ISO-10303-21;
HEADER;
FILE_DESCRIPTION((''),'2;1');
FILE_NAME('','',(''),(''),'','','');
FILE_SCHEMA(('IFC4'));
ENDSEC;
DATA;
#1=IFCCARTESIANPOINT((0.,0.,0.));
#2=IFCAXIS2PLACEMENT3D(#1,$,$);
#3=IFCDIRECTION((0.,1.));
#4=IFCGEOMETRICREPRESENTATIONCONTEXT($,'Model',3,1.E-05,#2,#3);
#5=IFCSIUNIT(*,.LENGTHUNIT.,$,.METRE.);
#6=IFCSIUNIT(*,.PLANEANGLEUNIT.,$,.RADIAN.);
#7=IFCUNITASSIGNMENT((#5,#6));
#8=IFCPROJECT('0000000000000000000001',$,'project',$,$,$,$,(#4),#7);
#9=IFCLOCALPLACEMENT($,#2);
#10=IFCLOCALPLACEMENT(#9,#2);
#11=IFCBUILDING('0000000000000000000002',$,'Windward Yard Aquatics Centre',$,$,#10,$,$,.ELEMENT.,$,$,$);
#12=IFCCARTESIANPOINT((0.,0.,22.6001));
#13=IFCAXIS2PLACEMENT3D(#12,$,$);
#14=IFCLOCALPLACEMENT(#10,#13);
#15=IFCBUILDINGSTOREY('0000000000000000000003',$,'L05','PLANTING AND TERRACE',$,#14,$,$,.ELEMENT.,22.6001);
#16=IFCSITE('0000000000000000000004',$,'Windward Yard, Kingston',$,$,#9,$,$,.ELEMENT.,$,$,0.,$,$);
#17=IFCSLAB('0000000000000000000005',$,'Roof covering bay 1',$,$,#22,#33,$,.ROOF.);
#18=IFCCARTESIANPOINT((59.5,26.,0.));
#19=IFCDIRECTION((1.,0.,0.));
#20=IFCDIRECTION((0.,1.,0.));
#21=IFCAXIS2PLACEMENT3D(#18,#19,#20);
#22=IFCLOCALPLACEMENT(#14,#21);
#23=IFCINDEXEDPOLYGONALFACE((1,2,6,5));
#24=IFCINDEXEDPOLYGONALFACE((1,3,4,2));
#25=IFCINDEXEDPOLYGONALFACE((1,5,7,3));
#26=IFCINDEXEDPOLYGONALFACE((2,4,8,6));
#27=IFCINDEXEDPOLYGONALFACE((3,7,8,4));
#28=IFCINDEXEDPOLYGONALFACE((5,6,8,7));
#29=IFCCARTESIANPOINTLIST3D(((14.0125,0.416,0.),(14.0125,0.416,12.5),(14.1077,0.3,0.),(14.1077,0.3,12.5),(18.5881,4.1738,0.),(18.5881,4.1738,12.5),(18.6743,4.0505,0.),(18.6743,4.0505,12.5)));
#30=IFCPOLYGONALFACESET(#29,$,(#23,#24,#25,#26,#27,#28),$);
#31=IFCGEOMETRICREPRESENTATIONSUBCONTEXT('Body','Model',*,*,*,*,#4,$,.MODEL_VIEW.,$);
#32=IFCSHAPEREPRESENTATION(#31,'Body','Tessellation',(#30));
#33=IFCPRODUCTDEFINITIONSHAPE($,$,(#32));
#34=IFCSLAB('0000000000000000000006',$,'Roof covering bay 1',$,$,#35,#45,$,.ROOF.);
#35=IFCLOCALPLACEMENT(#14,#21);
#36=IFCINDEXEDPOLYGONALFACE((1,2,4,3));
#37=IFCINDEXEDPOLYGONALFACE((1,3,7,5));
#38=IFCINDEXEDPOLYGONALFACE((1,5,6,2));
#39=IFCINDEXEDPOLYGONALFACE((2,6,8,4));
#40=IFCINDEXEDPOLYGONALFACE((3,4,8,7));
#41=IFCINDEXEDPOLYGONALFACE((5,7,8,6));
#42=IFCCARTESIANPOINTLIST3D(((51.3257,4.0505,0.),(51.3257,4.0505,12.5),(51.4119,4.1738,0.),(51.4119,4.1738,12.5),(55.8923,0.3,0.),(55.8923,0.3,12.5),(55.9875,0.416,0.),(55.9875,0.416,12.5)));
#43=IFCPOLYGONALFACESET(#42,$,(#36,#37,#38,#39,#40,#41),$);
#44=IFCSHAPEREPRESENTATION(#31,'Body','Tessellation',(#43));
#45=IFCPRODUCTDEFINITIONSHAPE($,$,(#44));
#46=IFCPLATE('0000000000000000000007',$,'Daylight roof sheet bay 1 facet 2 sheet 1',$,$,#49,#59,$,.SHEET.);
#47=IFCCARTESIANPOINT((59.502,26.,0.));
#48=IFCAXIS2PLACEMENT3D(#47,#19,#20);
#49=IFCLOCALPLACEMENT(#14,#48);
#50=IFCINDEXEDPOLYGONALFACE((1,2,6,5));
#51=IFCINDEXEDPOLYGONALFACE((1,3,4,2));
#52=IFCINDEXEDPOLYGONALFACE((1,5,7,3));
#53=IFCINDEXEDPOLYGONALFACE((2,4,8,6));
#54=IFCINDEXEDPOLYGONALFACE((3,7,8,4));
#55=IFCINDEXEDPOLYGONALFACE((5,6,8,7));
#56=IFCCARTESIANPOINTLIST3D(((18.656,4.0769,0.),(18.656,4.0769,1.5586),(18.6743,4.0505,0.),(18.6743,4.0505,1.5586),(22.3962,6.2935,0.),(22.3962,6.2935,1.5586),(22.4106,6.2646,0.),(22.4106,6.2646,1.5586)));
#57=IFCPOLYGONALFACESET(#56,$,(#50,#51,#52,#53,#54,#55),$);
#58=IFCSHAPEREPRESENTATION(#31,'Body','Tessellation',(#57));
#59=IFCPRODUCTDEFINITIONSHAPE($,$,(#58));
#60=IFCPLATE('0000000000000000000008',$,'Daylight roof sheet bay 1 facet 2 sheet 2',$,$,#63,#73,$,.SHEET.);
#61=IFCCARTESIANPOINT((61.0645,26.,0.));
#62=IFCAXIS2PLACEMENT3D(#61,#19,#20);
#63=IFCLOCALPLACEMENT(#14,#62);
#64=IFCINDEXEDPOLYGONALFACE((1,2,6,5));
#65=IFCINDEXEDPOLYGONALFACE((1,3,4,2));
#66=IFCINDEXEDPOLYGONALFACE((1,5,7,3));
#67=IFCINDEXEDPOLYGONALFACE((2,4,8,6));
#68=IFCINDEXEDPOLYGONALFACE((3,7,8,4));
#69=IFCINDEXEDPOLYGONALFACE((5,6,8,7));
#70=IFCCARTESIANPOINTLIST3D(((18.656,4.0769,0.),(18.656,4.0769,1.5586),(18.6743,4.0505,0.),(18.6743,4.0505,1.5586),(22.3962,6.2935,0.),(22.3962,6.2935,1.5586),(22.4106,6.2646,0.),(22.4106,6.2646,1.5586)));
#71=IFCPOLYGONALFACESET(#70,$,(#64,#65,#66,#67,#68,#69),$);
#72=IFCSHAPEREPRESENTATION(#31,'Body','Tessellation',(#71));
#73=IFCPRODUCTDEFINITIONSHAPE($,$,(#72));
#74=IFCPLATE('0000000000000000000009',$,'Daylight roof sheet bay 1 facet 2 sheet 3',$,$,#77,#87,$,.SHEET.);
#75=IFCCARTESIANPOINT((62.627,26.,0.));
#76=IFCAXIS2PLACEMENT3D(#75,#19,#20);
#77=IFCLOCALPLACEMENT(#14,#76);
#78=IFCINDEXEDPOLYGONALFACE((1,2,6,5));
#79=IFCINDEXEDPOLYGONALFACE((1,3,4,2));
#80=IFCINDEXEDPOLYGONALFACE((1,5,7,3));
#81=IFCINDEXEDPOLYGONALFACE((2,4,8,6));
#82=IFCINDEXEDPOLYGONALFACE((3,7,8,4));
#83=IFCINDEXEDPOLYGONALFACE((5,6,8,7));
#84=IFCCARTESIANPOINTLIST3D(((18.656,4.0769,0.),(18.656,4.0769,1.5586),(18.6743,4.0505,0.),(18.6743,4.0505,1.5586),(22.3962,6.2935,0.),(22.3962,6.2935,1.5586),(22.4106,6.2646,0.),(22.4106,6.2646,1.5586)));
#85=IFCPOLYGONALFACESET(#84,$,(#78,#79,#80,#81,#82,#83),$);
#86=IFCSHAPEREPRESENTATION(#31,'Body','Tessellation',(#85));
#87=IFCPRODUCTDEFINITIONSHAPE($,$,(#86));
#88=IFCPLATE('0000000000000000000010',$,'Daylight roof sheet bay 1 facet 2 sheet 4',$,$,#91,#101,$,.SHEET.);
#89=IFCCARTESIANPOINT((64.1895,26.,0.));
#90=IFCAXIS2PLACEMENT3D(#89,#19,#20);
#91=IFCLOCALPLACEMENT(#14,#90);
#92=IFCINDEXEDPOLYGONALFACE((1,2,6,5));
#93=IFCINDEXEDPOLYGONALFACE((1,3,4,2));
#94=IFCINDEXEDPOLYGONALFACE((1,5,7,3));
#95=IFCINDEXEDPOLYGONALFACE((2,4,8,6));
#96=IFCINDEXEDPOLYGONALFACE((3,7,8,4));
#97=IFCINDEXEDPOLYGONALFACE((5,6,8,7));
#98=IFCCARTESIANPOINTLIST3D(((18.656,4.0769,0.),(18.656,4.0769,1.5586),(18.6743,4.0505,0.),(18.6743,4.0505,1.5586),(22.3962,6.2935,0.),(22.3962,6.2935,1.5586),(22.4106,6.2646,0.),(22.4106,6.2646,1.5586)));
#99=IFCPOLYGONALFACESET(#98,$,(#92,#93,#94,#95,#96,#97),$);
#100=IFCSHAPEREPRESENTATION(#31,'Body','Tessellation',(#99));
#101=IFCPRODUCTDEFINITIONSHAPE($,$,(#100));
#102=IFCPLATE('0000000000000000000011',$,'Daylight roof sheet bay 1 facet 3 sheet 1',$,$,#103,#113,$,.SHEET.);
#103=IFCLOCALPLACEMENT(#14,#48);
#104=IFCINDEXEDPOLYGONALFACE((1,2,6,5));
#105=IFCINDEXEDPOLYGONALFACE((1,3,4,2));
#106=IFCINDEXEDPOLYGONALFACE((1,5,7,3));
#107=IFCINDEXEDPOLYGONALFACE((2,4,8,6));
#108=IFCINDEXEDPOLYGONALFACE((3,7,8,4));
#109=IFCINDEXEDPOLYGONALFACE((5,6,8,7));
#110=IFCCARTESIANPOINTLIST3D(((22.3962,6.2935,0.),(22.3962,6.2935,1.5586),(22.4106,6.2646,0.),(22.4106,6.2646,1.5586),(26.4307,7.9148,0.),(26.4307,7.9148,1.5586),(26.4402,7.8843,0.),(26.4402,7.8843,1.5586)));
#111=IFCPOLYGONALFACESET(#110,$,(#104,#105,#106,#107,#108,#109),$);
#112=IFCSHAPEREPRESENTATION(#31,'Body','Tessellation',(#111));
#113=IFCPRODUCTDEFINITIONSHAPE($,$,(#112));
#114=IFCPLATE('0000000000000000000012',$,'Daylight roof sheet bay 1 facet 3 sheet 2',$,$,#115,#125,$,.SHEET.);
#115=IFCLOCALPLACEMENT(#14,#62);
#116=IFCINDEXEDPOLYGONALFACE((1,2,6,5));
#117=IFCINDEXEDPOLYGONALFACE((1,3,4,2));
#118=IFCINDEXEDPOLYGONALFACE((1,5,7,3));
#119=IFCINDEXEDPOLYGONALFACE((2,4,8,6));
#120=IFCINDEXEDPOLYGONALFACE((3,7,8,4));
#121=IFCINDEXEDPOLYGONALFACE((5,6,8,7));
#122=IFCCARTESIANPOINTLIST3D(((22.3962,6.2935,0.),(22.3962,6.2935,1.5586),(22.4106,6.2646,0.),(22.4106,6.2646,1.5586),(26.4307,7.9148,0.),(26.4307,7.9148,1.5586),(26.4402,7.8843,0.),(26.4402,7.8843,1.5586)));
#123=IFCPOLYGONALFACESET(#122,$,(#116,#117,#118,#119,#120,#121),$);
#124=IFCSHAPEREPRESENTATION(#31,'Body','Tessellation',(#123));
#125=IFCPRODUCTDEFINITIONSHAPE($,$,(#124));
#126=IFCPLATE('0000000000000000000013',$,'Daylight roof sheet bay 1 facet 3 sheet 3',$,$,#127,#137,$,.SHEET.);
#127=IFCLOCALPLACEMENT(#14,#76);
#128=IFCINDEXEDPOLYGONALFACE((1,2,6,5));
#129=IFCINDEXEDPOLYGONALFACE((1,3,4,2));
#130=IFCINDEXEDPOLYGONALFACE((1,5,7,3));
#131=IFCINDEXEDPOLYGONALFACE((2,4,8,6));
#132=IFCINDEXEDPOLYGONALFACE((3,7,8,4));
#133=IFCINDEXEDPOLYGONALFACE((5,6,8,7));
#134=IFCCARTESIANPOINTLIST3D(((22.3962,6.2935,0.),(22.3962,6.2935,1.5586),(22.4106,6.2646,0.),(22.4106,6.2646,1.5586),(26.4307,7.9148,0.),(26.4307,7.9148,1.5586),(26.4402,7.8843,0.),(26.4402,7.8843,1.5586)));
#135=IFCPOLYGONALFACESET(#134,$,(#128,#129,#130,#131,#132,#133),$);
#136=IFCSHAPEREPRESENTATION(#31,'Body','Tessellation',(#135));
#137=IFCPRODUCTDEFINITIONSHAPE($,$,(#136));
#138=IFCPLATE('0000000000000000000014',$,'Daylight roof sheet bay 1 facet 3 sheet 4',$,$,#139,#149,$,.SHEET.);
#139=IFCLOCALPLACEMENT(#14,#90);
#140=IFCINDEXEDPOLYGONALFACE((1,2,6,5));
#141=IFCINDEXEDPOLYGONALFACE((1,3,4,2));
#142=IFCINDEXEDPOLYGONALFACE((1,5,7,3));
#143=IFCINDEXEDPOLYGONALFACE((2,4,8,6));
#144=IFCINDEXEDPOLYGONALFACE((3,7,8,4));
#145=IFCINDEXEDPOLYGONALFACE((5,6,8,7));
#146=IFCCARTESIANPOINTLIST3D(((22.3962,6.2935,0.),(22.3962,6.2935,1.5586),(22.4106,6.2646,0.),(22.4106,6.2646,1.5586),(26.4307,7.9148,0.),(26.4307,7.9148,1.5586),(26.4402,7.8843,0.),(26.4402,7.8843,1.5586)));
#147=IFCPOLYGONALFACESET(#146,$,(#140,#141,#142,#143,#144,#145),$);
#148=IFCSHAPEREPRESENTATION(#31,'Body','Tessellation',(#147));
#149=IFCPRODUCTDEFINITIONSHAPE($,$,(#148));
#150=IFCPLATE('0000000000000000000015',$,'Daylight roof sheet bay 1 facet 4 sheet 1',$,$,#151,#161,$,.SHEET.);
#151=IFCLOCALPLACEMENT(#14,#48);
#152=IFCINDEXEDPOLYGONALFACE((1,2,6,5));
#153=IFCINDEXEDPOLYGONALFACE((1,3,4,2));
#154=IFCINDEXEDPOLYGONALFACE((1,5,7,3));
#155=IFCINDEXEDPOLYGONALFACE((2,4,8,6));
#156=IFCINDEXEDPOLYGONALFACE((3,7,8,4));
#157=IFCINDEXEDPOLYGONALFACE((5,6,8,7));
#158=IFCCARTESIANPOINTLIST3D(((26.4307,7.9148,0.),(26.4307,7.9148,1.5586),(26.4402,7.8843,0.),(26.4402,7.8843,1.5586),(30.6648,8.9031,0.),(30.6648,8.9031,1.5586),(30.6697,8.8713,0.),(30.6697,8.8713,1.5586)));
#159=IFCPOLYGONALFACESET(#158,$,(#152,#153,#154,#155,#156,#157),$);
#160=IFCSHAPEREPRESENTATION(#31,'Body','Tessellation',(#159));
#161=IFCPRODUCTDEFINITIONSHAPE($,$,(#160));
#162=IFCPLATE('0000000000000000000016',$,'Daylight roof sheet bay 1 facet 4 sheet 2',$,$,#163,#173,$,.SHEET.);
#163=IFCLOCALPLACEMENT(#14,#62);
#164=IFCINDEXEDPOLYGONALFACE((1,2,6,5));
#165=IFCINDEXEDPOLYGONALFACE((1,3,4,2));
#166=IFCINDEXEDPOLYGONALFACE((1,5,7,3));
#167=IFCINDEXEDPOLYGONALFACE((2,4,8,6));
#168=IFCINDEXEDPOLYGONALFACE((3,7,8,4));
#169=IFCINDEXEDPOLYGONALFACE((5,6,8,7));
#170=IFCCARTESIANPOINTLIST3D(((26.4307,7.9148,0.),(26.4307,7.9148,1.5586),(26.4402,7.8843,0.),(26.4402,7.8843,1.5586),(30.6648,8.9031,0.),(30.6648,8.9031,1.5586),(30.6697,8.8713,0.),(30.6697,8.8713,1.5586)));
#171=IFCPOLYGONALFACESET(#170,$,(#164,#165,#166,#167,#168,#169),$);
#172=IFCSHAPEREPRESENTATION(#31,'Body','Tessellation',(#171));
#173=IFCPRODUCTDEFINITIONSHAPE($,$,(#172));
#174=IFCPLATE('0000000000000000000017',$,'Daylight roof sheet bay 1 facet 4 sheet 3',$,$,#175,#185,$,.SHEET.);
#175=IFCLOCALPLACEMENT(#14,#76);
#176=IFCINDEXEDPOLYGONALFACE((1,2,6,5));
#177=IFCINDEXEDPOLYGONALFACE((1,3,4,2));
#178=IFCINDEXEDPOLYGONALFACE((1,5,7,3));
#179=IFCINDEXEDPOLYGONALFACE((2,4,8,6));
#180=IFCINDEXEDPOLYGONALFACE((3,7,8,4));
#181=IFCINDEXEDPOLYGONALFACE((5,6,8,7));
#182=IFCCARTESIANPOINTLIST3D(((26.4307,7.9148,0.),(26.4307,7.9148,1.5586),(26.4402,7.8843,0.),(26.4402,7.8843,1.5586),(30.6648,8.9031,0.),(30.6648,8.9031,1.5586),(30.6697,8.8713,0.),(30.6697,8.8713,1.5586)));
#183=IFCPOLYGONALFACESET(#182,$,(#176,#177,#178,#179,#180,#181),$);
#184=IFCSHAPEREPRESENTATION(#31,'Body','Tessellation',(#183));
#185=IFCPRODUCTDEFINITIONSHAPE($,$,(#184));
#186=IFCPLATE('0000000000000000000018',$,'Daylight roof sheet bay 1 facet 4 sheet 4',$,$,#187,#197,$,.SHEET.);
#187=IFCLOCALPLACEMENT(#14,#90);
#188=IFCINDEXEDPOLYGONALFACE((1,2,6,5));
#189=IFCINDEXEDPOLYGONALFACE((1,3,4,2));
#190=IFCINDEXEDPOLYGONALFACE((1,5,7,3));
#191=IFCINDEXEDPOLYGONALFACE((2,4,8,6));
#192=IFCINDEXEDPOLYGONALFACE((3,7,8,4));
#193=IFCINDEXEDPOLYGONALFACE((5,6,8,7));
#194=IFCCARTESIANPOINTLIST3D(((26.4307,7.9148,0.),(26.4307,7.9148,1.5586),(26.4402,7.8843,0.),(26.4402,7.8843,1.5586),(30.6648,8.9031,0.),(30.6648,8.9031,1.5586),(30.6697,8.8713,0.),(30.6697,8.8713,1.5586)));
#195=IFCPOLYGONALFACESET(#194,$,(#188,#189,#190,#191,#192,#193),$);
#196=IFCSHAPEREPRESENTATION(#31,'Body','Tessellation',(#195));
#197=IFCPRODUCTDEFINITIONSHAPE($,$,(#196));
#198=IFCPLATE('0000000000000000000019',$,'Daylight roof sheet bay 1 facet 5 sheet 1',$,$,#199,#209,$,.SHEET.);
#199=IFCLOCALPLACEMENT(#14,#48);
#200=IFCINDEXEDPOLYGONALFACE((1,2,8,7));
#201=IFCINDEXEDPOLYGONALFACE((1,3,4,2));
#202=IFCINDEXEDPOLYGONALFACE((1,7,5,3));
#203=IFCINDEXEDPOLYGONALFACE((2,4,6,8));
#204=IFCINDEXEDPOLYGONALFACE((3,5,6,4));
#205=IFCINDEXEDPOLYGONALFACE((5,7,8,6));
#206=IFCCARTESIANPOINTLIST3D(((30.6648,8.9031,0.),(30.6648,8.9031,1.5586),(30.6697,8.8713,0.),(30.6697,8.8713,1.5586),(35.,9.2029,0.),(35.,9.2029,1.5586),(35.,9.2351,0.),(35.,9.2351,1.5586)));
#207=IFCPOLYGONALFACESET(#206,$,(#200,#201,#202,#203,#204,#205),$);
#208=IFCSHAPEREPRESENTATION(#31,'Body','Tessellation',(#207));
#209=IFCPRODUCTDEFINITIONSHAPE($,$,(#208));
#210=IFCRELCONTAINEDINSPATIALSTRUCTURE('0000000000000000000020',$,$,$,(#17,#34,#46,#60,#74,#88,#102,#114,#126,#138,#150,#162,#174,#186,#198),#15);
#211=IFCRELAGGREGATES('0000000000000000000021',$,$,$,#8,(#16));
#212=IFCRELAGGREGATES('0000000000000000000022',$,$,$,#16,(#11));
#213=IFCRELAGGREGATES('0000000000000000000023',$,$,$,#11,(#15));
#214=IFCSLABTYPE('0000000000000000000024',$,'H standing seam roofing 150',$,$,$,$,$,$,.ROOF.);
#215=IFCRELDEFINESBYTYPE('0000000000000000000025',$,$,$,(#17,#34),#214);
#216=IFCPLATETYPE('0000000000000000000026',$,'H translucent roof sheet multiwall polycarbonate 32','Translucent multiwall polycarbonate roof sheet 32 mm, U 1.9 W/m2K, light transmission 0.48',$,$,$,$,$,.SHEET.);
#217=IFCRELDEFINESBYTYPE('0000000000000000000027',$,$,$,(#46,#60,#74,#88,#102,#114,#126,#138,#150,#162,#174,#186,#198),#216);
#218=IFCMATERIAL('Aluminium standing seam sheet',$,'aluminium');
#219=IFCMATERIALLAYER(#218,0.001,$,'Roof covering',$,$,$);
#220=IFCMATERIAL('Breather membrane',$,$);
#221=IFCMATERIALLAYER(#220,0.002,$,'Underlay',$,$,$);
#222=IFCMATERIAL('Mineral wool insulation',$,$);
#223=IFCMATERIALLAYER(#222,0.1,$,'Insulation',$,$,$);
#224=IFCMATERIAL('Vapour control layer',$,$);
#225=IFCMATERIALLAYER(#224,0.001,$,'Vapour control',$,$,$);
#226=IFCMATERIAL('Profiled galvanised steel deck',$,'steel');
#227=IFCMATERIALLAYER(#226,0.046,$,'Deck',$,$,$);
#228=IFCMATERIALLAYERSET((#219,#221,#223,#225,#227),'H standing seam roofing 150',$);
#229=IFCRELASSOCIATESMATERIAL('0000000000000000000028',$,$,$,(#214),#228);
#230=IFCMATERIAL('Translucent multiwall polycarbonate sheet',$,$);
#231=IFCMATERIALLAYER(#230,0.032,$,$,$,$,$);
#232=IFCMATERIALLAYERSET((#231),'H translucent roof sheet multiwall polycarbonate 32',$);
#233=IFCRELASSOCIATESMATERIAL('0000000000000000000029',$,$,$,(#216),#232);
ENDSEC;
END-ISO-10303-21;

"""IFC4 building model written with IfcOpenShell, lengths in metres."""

from ifc_helpers import new_model, si_unit, direction, frame, origin, place, context, subcontext, project, spatial, polyline, outline, extrude, material, layer, layer_set, type_object, element, save


model = new_model("IFC4")

# Units and contexts
model_context = context("Model", 3, precision=1e-05, world=origin(), true_north=direction((0.0, 1.0)))
body_context = subcontext(model_context, "Body", "Model", "MODEL_VIEW")
ifc_project = project(units=[si_unit("LENGTHUNIT", "METRE"), si_unit("PLANEANGLEUNIT", "RADIAN")], contexts=[model_context])

# Site, building, storey
site_placement = place(None, origin())
site = spatial("IfcSite", under=ifc_project, at=site_placement, Name="Windward Yard, Kingston", CompositionType="ELEMENT", RefElevation=0.0)
building_placement = place(site_placement, origin())
building = spatial("IfcBuilding", under=site, at=building_placement, Name="Windward Yard Aquatics Centre", CompositionType="ELEMENT")
storey_placement = place(building_placement, frame((0.0, 0.0, 22.6001)))
storey = spatial("IfcBuildingStorey", under=building, at=storey_placement, Name="L05", Description="PLANTING AND TERRACE", CompositionType="ELEMENT", Elevation=22.6001)

# Slabs
ifc_material_1 = material(Name="Aluminium standing seam sheet", Category="aluminium")
ifc_layer_1 = layer(ifc_material_1, 0.001, Name="Roof covering")
ifc_material_2 = material(Name="Breather membrane")
ifc_layer_2 = layer(ifc_material_2, 0.002, Name="Underlay")
ifc_material_3 = material(Name="Mineral wool insulation")
ifc_layer_3 = layer(ifc_material_3, 0.1, Name="Insulation")
ifc_material_4 = material(Name="Vapour control layer")
ifc_layer_4 = layer(ifc_material_4, 0.001, Name="Vapour control")
ifc_material_5 = material(Name="Profiled galvanised steel deck", Category="steel")
ifc_layer_5 = layer(ifc_material_5, 0.046, Name="Deck")
ifc_layer_set_1 = layer_set([ifc_layer_1, ifc_layer_2, ifc_layer_3, ifc_layer_4, ifc_layer_5], Name="H standing seam roofing 150")
slab_type = type_object("IfcSlabType", Name="H standing seam roofing 150", PredefinedType="ROOF", material=ifc_layer_set_1)
slab_1_placement = place(storey_placement, frame((59.5, 26.0, 0.0), z_axis=(1.0, 0.0, 0.0), x_axis=(0.0, 1.0, 0.0)))
element("IfcSlab", 1, at=slab_1_placement, inside=storey, type_object=slab_type, Name="Roof covering bay 1", PredefinedType="ROOF", context=body_context, shape_type="SweptSolid", body=[
    extrude(outline(polyline([(14.1077, 0.3), (18.6743, 4.0505), (18.5881, 4.1738), (14.0125, 0.416), (14.1077, 0.3)])), origin(), (0.0, 0.0, 1.0), 12.5),
])
slab_2_placement = place(storey_placement, frame((59.5, 26.0, 0.0), z_axis=(1.0, 0.0, 0.0), x_axis=(0.0, 1.0, 0.0)))
element("IfcSlab", 2, at=slab_2_placement, inside=storey, type_object=slab_type, Name="Roof covering bay 1", PredefinedType="ROOF", context=body_context, shape_type="SweptSolid", body=[
    extrude(outline(polyline([(51.3257, 4.0505), (55.8923, 0.3), (55.9875, 0.416), (51.4119, 4.1738), (51.3257, 4.0505)])), origin(), (0.0, 0.0, 1.0), 12.5),
])

# Plates
ifc_material_6 = material(Name="Translucent multiwall polycarbonate sheet")
ifc_layer_6 = layer(ifc_material_6, 0.032)
ifc_layer_set_2 = layer_set([ifc_layer_6], Name="H translucent roof sheet multiwall polycarbonate 32")
plate_type = type_object("IfcPlateType", Name="H translucent roof sheet multiwall polycarbonate 32", Description="Translucent multiwall polycarbonate roof sheet 32 mm, U 1.9 W/m2K, light transmission 0.48", PredefinedType="SHEET", material=ifc_layer_set_2)
for number, where, z_axis, x_axis, name in (
    (3, (59.502, 26.0, 0.0), (1.0, 0.0, 0.0), (0.0, 1.0, 0.0), "Daylight roof sheet bay 1 facet 2 sheet 1"),
    (4, (61.0645, 26.0, 0.0), (1.0, 0.0, 0.0), (0.0, 1.0, 0.0), "Daylight roof sheet bay 1 facet 2 sheet 2"),
    (5, (62.627, 26.0, 0.0), (1.0, 0.0, 0.0), (0.0, 1.0, 0.0), "Daylight roof sheet bay 1 facet 2 sheet 3"),
    (6, (64.1895, 26.0, 0.0), (1.0, 0.0, 0.0), (0.0, 1.0, 0.0), "Daylight roof sheet bay 1 facet 2 sheet 4"),
):
    element("IfcPlate", number, at=place(storey_placement, frame(where, z_axis=z_axis, x_axis=x_axis)), inside=storey, type_object=plate_type, Name=name, PredefinedType="SHEET", context=body_context, shape_type="SweptSolid", body=[
        extrude(outline(polyline([(18.6743, 4.0505), (22.4106, 6.2646), (22.3962, 6.2935), (18.656, 4.0769), (18.6743, 4.0505)])), origin(), (0.0, 0.0, 1.0), 1.5586),
    ])
for number, where, z_axis, x_axis, name in (
    (7, (59.502, 26.0, 0.0), (1.0, 0.0, 0.0), (0.0, 1.0, 0.0), "Daylight roof sheet bay 1 facet 3 sheet 1"),
    (8, (61.0645, 26.0, 0.0), (1.0, 0.0, 0.0), (0.0, 1.0, 0.0), "Daylight roof sheet bay 1 facet 3 sheet 2"),
    (9, (62.627, 26.0, 0.0), (1.0, 0.0, 0.0), (0.0, 1.0, 0.0), "Daylight roof sheet bay 1 facet 3 sheet 3"),
    (10, (64.1895, 26.0, 0.0), (1.0, 0.0, 0.0), (0.0, 1.0, 0.0), "Daylight roof sheet bay 1 facet 3 sheet 4"),
):
    element("IfcPlate", number, at=place(storey_placement, frame(where, z_axis=z_axis, x_axis=x_axis)), inside=storey, type_object=plate_type, Name=name, PredefinedType="SHEET", context=body_context, shape_type="SweptSolid", body=[
        extrude(outline(polyline([(22.4106, 6.2646), (26.4402, 7.8843), (26.4307, 7.9148), (22.3962, 6.2935), (22.4106, 6.2646)])), origin(), (0.0, 0.0, 1.0), 1.5586),
    ])
for number, where, z_axis, x_axis, name in (
    (11, (59.502, 26.0, 0.0), (1.0, 0.0, 0.0), (0.0, 1.0, 0.0), "Daylight roof sheet bay 1 facet 4 sheet 1"),
    (12, (61.0645, 26.0, 0.0), (1.0, 0.0, 0.0), (0.0, 1.0, 0.0), "Daylight roof sheet bay 1 facet 4 sheet 2"),
    (13, (62.627, 26.0, 0.0), (1.0, 0.0, 0.0), (0.0, 1.0, 0.0), "Daylight roof sheet bay 1 facet 4 sheet 3"),
    (14, (64.1895, 26.0, 0.0), (1.0, 0.0, 0.0), (0.0, 1.0, 0.0), "Daylight roof sheet bay 1 facet 4 sheet 4"),
):
    element("IfcPlate", number, at=place(storey_placement, frame(where, z_axis=z_axis, x_axis=x_axis)), inside=storey, type_object=plate_type, Name=name, PredefinedType="SHEET", context=body_context, shape_type="SweptSolid", body=[
        extrude(outline(polyline([(26.4402, 7.8843), (30.6697, 8.8713), (30.6648, 8.9031), (26.4307, 7.9148), (26.4402, 7.8843)])), origin(), (0.0, 0.0, 1.0), 1.5586),
    ])
for number, where, z_axis, x_axis, name in (
    (15, (59.502, 26.0, 0.0), (1.0, 0.0, 0.0), (0.0, 1.0, 0.0), "Daylight roof sheet bay 1 facet 5 sheet 1"),
):
    element("IfcPlate", number, at=place(storey_placement, frame(where, z_axis=z_axis, x_axis=x_axis)), inside=storey, type_object=plate_type, Name=name, PredefinedType="SHEET", context=body_context, shape_type="SweptSolid", body=[
        extrude(outline(polyline([(30.6697, 8.8713), (35.0, 9.2029), (35.0, 9.2351), (30.6648, 8.9031), (30.6697, 8.8713)])), origin(), (0.0, 0.0, 1.0), 1.5586),
    ])

save(model, "model.ifc")
